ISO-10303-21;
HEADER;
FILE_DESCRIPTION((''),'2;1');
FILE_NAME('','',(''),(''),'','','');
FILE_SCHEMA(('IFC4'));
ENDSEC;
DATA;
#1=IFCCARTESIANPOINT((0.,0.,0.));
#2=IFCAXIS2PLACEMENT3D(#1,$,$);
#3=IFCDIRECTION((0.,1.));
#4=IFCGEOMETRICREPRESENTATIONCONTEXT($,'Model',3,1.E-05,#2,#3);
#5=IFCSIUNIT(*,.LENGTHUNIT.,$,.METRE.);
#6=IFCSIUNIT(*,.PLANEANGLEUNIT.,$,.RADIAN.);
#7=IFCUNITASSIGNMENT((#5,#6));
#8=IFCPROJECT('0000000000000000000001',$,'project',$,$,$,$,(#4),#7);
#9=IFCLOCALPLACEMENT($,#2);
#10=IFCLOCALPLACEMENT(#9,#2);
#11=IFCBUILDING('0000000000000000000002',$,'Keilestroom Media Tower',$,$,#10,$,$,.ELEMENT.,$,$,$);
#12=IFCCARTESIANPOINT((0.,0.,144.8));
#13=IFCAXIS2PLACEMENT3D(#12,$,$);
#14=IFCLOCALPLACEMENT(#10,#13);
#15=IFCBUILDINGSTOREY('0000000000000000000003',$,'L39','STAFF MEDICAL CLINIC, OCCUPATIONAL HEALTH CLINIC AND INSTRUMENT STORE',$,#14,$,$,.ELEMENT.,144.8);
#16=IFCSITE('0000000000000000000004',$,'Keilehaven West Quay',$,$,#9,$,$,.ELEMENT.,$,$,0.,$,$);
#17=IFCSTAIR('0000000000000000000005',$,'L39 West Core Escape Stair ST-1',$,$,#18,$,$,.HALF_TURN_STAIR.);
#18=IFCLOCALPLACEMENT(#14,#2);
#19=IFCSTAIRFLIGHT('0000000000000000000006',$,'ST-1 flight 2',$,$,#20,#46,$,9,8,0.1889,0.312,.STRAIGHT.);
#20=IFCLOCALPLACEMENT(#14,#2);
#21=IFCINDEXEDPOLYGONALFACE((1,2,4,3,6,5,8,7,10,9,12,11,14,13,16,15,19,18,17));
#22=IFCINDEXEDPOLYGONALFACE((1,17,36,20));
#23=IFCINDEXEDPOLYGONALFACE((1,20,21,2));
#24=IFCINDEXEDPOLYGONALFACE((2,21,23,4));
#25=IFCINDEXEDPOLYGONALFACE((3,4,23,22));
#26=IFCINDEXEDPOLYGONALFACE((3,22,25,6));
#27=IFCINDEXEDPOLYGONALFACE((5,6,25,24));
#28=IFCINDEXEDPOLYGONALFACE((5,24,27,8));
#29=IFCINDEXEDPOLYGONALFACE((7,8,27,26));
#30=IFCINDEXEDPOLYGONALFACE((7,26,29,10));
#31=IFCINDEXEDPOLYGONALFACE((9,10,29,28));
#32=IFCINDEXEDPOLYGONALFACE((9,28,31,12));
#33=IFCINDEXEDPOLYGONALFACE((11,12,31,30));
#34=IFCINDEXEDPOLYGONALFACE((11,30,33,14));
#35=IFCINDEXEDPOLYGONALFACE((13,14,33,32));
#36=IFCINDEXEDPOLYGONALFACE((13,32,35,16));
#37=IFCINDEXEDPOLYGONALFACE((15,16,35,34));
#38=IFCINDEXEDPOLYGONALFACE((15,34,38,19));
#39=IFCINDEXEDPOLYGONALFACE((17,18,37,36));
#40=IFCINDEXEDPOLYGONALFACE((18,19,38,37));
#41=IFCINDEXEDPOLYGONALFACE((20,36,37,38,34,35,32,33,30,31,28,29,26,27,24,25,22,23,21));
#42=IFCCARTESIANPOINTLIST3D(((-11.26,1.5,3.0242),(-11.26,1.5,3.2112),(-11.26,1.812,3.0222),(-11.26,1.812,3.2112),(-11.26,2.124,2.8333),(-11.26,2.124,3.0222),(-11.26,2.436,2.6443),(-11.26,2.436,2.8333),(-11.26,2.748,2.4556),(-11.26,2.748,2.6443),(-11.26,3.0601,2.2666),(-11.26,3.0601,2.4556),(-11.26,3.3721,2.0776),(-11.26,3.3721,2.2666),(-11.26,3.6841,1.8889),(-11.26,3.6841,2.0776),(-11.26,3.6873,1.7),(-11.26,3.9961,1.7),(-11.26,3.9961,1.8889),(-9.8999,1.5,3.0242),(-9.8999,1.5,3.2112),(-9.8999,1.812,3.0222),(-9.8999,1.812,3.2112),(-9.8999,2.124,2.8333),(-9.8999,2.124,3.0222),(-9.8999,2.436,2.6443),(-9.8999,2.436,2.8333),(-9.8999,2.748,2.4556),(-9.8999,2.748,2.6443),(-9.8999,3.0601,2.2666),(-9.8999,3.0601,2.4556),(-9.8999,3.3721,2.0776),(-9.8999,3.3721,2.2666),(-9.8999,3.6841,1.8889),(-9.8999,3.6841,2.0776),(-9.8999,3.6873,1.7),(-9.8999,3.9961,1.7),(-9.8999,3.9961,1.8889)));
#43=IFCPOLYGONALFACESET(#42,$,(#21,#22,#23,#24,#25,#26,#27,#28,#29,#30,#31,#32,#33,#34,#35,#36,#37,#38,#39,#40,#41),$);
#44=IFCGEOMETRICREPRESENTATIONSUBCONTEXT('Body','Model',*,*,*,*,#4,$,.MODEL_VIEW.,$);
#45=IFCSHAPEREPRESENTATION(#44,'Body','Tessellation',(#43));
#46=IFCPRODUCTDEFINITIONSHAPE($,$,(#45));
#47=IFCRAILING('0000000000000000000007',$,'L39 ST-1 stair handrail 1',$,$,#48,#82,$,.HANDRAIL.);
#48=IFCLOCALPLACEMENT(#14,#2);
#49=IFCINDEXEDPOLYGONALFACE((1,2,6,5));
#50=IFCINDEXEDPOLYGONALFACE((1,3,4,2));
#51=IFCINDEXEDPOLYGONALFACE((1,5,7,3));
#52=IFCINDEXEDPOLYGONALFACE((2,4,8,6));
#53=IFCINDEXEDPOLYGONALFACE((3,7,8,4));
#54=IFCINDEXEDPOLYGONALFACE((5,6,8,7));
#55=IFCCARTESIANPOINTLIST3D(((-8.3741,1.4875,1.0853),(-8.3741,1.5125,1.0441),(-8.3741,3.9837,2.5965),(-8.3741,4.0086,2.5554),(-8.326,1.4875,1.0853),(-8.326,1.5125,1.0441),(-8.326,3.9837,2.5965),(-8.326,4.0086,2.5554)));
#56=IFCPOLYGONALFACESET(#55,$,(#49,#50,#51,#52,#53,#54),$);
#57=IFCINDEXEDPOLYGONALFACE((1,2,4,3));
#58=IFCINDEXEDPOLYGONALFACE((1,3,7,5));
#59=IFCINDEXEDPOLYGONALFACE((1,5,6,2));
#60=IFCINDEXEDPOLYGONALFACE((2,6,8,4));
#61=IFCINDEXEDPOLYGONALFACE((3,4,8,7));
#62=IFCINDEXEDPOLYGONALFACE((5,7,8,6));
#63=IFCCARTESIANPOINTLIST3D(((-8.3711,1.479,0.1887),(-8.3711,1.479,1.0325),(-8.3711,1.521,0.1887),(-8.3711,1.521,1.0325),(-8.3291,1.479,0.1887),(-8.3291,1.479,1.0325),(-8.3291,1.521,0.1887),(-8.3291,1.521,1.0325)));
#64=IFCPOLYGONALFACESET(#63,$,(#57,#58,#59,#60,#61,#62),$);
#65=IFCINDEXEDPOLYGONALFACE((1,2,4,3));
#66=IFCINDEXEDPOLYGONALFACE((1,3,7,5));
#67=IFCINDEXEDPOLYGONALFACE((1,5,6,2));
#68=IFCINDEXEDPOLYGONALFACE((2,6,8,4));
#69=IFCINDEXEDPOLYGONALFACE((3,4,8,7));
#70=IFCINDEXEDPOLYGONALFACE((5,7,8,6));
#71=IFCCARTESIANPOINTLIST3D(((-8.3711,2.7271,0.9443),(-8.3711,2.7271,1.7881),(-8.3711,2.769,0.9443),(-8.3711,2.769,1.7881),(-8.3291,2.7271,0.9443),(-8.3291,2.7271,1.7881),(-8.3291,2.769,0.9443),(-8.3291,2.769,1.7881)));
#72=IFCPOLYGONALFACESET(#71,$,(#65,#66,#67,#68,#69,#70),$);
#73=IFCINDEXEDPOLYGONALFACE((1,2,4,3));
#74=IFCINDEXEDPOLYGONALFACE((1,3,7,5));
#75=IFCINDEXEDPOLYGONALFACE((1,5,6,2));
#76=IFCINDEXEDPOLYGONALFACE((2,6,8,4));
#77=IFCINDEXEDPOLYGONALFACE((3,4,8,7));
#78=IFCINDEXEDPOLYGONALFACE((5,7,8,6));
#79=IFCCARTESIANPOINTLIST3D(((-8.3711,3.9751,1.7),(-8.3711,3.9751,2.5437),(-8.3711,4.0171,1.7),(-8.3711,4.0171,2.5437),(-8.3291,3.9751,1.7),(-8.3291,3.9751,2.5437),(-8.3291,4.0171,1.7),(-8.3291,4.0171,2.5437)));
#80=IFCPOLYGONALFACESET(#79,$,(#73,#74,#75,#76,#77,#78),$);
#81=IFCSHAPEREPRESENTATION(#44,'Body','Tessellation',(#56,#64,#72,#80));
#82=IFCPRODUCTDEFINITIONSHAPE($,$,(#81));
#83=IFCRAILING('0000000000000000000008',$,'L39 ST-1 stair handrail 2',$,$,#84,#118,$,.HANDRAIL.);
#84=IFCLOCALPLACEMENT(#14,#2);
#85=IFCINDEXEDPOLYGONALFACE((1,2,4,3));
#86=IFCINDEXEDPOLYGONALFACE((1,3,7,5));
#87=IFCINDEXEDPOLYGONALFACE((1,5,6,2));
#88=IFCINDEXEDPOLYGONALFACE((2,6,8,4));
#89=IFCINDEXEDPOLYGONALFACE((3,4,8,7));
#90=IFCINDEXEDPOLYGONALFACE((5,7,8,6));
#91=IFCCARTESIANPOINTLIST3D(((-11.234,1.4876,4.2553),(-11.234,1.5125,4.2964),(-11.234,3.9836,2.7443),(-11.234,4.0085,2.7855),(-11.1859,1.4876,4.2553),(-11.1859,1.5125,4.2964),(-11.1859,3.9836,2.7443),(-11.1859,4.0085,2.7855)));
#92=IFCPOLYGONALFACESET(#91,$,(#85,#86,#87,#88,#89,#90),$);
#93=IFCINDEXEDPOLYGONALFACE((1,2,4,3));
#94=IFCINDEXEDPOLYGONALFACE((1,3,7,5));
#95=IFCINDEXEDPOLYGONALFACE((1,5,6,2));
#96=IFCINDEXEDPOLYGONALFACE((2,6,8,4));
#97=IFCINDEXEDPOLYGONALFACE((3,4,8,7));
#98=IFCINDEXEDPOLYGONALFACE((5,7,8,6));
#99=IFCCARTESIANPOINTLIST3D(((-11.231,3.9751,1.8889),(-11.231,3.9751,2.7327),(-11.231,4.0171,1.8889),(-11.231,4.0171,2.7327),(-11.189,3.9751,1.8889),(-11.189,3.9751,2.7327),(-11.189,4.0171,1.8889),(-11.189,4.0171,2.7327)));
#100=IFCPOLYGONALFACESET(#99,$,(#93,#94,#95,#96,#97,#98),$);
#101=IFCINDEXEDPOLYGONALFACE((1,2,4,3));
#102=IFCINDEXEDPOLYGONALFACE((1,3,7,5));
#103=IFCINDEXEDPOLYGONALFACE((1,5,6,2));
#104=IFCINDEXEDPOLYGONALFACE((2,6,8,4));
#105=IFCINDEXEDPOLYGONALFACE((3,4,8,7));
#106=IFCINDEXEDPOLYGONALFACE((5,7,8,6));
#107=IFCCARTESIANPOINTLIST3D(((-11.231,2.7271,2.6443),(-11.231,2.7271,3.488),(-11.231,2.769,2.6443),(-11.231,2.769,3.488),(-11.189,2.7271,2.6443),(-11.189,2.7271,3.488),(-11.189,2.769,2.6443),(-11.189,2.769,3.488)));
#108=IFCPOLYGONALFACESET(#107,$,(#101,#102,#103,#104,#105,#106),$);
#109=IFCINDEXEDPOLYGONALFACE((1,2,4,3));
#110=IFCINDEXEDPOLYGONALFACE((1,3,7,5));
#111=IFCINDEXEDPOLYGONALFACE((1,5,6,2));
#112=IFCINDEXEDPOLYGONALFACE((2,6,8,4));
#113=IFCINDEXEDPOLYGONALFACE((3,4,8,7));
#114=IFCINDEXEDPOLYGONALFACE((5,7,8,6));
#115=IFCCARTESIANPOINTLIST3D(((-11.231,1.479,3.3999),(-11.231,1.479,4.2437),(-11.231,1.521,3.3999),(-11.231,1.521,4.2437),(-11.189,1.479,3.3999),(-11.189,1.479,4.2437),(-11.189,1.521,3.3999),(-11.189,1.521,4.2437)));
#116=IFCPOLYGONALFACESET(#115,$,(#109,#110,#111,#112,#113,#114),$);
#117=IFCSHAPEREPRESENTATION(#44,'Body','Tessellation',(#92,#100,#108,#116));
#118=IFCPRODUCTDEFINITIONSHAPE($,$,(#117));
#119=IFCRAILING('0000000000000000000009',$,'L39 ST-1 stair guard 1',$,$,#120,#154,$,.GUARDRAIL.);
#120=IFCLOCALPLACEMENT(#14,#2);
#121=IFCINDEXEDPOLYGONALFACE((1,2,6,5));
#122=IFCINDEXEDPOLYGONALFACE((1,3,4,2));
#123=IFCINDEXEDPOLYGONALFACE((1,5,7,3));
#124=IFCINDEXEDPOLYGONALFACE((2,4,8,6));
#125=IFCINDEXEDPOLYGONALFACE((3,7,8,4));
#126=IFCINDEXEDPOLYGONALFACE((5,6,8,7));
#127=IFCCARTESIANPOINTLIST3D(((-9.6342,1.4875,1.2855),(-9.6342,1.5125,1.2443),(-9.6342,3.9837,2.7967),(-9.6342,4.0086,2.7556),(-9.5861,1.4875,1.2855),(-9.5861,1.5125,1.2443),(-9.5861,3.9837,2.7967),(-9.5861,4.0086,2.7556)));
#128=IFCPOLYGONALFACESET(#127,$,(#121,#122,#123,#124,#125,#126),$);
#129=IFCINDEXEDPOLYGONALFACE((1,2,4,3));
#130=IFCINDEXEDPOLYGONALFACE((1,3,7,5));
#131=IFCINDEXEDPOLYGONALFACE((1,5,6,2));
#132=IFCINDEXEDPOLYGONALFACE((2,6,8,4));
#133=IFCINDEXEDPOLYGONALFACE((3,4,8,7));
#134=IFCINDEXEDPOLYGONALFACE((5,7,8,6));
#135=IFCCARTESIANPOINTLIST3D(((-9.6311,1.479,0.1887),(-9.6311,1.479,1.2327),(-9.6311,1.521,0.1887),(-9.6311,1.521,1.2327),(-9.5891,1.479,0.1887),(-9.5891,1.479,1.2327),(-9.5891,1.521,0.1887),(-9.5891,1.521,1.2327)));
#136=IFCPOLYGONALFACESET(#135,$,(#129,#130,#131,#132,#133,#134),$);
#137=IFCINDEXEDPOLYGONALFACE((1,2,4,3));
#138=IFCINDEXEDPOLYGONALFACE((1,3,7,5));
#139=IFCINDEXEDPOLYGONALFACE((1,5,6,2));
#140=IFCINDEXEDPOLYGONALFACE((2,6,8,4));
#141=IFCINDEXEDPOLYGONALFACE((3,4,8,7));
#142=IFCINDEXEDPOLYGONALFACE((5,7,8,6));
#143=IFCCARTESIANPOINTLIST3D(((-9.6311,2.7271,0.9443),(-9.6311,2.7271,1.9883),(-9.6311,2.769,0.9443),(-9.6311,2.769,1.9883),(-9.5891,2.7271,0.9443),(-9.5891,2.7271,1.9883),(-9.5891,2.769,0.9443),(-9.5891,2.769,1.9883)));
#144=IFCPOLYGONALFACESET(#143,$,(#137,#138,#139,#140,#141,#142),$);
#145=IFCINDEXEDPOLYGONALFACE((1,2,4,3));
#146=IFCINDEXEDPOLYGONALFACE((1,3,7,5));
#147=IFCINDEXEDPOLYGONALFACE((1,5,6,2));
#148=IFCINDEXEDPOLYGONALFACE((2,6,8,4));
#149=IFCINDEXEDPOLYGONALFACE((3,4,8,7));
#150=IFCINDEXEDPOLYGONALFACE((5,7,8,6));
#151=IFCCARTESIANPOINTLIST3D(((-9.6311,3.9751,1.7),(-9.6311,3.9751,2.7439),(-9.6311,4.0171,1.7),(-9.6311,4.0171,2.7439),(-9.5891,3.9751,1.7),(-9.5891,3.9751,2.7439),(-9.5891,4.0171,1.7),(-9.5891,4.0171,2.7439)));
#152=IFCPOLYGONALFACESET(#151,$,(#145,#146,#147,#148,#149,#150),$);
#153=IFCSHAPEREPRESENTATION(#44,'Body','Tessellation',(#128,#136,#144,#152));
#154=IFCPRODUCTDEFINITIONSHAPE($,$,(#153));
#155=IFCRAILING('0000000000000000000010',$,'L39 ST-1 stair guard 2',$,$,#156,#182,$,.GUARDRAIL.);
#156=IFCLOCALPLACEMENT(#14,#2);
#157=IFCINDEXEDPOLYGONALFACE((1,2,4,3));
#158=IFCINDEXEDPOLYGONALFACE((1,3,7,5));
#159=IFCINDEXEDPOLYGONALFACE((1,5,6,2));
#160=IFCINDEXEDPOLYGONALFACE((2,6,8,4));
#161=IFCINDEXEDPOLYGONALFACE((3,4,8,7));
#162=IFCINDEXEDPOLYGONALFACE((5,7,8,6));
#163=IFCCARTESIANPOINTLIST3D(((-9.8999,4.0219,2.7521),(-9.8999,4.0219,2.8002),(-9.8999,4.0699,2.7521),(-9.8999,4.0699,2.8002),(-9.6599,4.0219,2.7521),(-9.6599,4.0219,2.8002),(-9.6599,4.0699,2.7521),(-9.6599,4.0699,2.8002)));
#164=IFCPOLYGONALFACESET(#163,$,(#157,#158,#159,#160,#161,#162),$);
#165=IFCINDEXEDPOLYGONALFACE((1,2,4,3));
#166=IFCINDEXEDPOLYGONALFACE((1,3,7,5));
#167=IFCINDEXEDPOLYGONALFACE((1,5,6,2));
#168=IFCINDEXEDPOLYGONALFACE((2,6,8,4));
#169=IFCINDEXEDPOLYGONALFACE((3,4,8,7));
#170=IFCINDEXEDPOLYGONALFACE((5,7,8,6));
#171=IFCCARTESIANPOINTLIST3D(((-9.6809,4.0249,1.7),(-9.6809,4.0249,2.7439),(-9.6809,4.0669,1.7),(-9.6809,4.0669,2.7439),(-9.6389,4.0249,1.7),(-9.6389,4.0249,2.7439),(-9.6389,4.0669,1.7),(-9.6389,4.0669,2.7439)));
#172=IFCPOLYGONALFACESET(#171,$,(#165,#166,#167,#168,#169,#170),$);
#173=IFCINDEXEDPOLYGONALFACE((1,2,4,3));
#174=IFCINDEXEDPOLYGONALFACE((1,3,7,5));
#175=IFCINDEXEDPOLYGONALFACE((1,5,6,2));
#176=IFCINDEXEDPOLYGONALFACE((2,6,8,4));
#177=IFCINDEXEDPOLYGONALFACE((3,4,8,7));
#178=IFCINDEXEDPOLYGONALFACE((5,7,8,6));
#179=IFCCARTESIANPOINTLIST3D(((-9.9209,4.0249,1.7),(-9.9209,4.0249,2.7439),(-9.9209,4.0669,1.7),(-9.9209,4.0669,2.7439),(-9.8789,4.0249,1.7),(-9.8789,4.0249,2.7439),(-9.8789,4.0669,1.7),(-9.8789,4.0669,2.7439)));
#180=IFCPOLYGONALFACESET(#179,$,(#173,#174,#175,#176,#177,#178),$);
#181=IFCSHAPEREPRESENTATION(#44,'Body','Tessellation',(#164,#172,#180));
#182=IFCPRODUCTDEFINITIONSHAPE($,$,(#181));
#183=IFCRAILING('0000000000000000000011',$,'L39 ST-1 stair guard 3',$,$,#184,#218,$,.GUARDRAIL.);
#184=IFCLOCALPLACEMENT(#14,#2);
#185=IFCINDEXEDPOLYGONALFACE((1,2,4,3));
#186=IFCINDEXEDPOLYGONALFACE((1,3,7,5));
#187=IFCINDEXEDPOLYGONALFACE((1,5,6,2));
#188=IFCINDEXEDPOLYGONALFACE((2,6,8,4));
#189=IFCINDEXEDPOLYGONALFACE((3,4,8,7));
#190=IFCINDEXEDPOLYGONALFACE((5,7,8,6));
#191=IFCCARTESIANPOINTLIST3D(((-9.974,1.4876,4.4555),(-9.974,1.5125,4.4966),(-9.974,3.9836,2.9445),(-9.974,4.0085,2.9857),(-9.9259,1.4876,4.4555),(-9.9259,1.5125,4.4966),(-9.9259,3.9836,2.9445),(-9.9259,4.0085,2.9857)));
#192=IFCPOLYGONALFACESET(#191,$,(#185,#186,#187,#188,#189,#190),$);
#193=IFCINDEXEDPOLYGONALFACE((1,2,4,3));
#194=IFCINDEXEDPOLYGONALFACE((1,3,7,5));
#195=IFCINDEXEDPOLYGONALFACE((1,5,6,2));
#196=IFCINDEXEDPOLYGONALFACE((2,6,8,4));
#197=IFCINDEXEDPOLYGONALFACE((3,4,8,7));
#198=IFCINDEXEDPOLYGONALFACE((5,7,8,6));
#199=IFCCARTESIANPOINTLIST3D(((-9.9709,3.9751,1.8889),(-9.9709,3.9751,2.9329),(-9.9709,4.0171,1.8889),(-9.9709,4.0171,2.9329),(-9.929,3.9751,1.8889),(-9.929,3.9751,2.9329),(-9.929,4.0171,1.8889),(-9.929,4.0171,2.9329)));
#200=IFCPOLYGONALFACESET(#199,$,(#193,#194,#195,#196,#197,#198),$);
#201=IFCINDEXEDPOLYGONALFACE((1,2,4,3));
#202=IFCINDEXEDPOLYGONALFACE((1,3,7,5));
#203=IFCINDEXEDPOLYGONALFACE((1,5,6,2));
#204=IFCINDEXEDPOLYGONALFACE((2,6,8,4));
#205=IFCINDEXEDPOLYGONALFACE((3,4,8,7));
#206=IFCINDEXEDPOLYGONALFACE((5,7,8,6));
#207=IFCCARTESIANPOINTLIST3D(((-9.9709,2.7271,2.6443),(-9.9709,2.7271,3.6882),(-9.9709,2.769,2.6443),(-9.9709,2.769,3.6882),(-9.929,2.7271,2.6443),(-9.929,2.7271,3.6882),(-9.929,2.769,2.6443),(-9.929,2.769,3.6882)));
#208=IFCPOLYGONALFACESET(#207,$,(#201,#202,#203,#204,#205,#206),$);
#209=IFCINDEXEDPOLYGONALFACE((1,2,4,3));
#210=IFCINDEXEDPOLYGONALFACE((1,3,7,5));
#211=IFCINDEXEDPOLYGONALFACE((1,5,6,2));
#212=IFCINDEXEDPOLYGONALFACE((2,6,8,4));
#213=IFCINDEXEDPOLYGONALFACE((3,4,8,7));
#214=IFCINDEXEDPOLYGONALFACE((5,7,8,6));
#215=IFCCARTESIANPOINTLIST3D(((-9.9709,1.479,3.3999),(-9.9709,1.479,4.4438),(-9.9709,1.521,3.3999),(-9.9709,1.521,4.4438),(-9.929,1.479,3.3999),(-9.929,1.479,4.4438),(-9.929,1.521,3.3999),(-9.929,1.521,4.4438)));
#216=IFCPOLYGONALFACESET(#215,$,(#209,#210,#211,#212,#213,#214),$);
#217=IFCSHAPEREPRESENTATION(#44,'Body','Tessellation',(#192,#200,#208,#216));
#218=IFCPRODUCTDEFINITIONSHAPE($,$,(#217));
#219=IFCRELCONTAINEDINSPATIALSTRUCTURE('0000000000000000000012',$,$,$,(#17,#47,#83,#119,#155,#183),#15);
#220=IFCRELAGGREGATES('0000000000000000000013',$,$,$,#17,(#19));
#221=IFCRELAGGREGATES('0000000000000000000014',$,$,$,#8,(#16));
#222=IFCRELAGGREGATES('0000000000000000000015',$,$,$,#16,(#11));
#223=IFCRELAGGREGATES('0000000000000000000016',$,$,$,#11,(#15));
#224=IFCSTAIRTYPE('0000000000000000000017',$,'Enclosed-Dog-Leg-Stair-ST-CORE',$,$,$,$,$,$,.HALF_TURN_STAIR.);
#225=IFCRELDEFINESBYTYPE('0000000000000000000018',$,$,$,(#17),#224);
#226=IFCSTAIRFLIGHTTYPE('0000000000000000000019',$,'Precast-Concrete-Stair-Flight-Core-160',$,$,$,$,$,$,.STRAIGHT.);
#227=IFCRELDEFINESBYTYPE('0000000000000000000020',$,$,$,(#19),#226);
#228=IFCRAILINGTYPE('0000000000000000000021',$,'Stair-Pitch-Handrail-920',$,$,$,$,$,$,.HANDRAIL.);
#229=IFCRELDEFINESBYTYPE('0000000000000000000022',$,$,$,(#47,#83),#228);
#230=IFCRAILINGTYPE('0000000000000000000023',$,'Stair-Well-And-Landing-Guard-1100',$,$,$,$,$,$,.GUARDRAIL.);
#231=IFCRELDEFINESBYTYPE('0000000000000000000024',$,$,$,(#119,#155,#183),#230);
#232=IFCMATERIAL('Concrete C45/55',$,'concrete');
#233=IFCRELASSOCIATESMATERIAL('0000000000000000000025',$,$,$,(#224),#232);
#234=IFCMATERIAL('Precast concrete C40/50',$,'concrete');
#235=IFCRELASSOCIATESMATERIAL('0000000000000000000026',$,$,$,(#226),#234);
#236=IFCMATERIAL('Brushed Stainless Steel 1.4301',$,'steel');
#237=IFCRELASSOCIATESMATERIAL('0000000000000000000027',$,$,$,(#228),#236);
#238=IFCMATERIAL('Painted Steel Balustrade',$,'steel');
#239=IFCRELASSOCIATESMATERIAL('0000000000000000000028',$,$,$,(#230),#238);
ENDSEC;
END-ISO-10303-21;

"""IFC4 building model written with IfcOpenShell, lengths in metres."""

from ifc_helpers import new_model, si_unit, direction, frame, origin, origin_2d, place, context, subcontext, project, spatial, polyline, rectangle, outline, extrude, material, type_object, element, aggregate, save


model = new_model("IFC4")

# Units and contexts
model_context = context("Model", 3, precision=1e-05, world=origin(), true_north=direction((0.0, 1.0)))
body_context = subcontext(model_context, "Body", "Model", "MODEL_VIEW")
ifc_project = project(units=[si_unit("LENGTHUNIT", "METRE"), si_unit("PLANEANGLEUNIT", "RADIAN")], contexts=[model_context])

# Site, building, storey
site_placement = place(None, origin())
site = spatial("IfcSite", under=ifc_project, at=site_placement, Name="Keilehaven West Quay", CompositionType="ELEMENT", RefElevation=0.0)
building_placement = place(site_placement, origin())
building = spatial("IfcBuilding", under=site, at=building_placement, Name="Keilestroom Media Tower", CompositionType="ELEMENT")
storey_placement = place(building_placement, frame((0.0, 0.0, 144.8)))
storey = spatial("IfcBuildingStorey", under=building, at=storey_placement, Name="L39", Description="STAFF MEDICAL CLINIC, OCCUPATIONAL HEALTH CLINIC AND INSTRUMENT STORE", CompositionType="ELEMENT", Elevation=144.8)

# Stair
ifc_material_1 = material(Name="Concrete C45/55", Category="concrete")
stair_type = type_object("IfcStairType", Name="Enclosed-Dog-Leg-Stair-ST-CORE", PredefinedType="HALF_TURN_STAIR", material=ifc_material_1)
stair_1_placement = place(storey_placement, origin())
stair_1 = element("IfcStair", 1, at=stair_1_placement, inside=storey, type_object=stair_type, Name="L39 West Core Escape Stair ST-1", PredefinedType="HALF_TURN_STAIR")

# Shared definitions
ifc_material_2 = material(Name="Precast concrete C40/50", Category="concrete")

# Stair flight
stair_flight_type = type_object("IfcStairFlightType", Name="Precast-Concrete-Stair-Flight-Core-160", PredefinedType="STRAIGHT", material=ifc_material_2)
stair_flight_1_placement = place(storey_placement, frame((-10.5801, 3.9961, 1.7), z_axis=(0.0, 0.0, 1.0), x_axis=(0.0, -1.0, 0.0)))
stair_flight_1 = element("IfcStairFlight", 2, at=stair_flight_1_placement, type_object=stair_flight_type, Name="ST-1 flight 2", NumberOfRisers=9, NumberOfTreads=8, PredefinedType="STRAIGHT", RiserHeight=0.1889, TreadLength=0.312, context=body_context, shape_type="SweptSolid", body=[
    extrude(outline(polyline([(0.0, 0.0), (0.0, 0.189), (0.312, 0.189), (0.312, 0.3777), (0.624, 0.3777), (0.624, 0.5667), (0.936, 0.5667), (0.936, 0.7556), (1.248, 0.7556), (1.248, 0.9443), (1.5601, 0.9443), (1.5601, 1.1333), (1.8721, 1.1333), (1.8721, 1.3223), (2.1841, 1.3223), (2.1841, 1.5112), (2.4961, 1.5112), (2.4961, 1.7), (2.4961, 1.3242), (0.3088, 0.0), (0.0, 0.0)])), frame((0.0, 0.6802, 0.0), z_axis=(0.0, -1.0, 0.0), x_axis=(1.0, 0.0, 0.0)), (0.0, 0.0, 1.0), 1.3601),
])
aggregate(stair_1, [stair_flight_1])

# Railings
ifc_material_3 = material(Name="Brushed Stainless Steel 1.4301", Category="steel")
railing_type_1 = type_object("IfcRailingType", Name="Stair-Pitch-Handrail-920", PredefinedType="HANDRAIL", material=ifc_material_3)
railing_1_placement = place(storey_placement, frame((-8.3501, 1.5, 0.1887)))
element("IfcRailing", 3, at=railing_1_placement, inside=storey, type_object=railing_type_1, Name="L39 ST-1 stair handrail 1", PredefinedType="HANDRAIL", context=body_context, shape_type="SweptSolid", body=[
    extrude(rectangle(XDim=0.0481, YDim=0.0481, at=origin_2d()), frame((0.0, 0.0, 0.876), z_axis=(0.0, 0.855434, 0.517912), x_axis=(-1.0, 0.0, 0.0)), (0.0, 0.0, 1.0), 2.918),
    extrude(rectangle(XDim=0.042, YDim=0.042, at=origin_2d()), origin(), (0.0, 0.0, 1.0), 0.8438),
    extrude(rectangle(XDim=0.042, YDim=0.042, at=origin_2d()), frame((0.0, 1.248, 0.7556)), (0.0, 0.0, 1.0), 0.8438),
    extrude(rectangle(XDim=0.042, YDim=0.042, at=origin_2d()), frame((0.0, 2.4961, 1.5112)), (0.0, 0.0, 1.0), 0.8438),
])
railing_2_placement = place(storey_placement, frame((-11.21, 3.9961, 1.8889)))
element("IfcRailing", 4, at=railing_2_placement, inside=storey, type_object=railing_type_1, Name="L39 ST-1 stair handrail 2", PredefinedType="HANDRAIL", context=body_context, shape_type="SweptSolid", body=[
    extrude(rectangle(XDim=0.0481, YDim=0.0481, at=origin_2d()), frame((0.0, 0.0, 0.876), z_axis=(0.0, -0.855471, 0.517851), x_axis=(1.0, 0.0, 0.0)), (0.0, 0.0, 1.0), 2.9177),
    extrude(rectangle(XDim=0.042, YDim=0.042, at=origin_2d()), origin(), (0.0, 0.0, 1.0), 0.8438),
    extrude(rectangle(XDim=0.042, YDim=0.042, at=origin_2d()), frame((0.0, -1.248, 0.7554)), (0.0, 0.0, 1.0), 0.8438),
    extrude(rectangle(XDim=0.042, YDim=0.042, at=origin_2d()), frame((0.0, -2.4961, 1.511)), (0.0, 0.0, 1.0), 0.8438),
])
ifc_material_4 = material(Name="Painted Steel Balustrade", Category="steel")
railing_type_2 = type_object("IfcRailingType", Name="Stair-Well-And-Landing-Guard-1100", PredefinedType="GUARDRAIL", material=ifc_material_4)
railing_3_placement = place(storey_placement, frame((-9.6101, 1.5, 0.1887)))
element("IfcRailing", 5, at=railing_3_placement, inside=storey, type_object=railing_type_2, Name="L39 ST-1 stair guard 1", PredefinedType="GUARDRAIL", context=body_context, shape_type="SweptSolid", body=[
    extrude(rectangle(XDim=0.0481, YDim=0.0481, at=origin_2d()), frame((0.0, 0.0, 1.0762), z_axis=(0.0, 0.855434, 0.517912), x_axis=(-1.0, 0.0, 0.0)), (0.0, 0.0, 1.0), 2.918),
    extrude(rectangle(XDim=0.042, YDim=0.042, at=origin_2d()), origin(), (0.0, 0.0, 1.0), 1.0439),
    extrude(rectangle(XDim=0.042, YDim=0.042, at=origin_2d()), frame((0.0, 1.248, 0.7556)), (0.0, 0.0, 1.0), 1.0439),
    extrude(rectangle(XDim=0.042, YDim=0.042, at=origin_2d()), frame((0.0, 2.4961, 1.5112)), (0.0, 0.0, 1.0), 1.0439),
])
railing_4_placement = place(storey_placement, frame((-9.6599, 4.0459, 1.7)))
element("IfcRailing", 6, at=railing_4_placement, inside=storey, type_object=railing_type_2, Name="L39 ST-1 stair guard 2", PredefinedType="GUARDRAIL", context=body_context, shape_type="SweptSolid", body=[
    extrude(rectangle(XDim=0.0481, YDim=0.0481, at=origin_2d()), frame((0.0, 0.0, 1.0762), z_axis=(-1.0, 0.0, 0.0), x_axis=(0.0, -1.0, 0.0)), (0.0, 0.0, 1.0), 0.24),
    extrude(rectangle(XDim=0.042, YDim=0.042, at=origin_2d()), origin(), (0.0, 0.0, 1.0), 1.0439),
    extrude(rectangle(XDim=0.042, YDim=0.042, at=origin_2d()), frame((-0.24, 0.0, 0.0)), (0.0, 0.0, 1.0), 1.0439),
])
railing_5_placement = place(storey_placement, frame((-9.95, 3.9961, 1.8889)))
element("IfcRailing", 7, at=railing_5_placement, inside=storey, type_object=railing_type_2, Name="L39 ST-1 stair guard 3", PredefinedType="GUARDRAIL", context=body_context, shape_type="SweptSolid", body=[
    extrude(rectangle(XDim=0.0481, YDim=0.0481, at=origin_2d()), frame((0.0, 0.0, 1.0762), z_axis=(0.0, -0.855471, 0.517851), x_axis=(1.0, 0.0, 0.0)), (0.0, 0.0, 1.0), 2.9177),
    extrude(rectangle(XDim=0.042, YDim=0.042, at=origin_2d()), origin(), (0.0, 0.0, 1.0), 1.0439),
    extrude(rectangle(XDim=0.042, YDim=0.042, at=origin_2d()), frame((0.0, -1.248, 0.7554)), (0.0, 0.0, 1.0), 1.0439),
    extrude(rectangle(XDim=0.042, YDim=0.042, at=origin_2d()), frame((0.0, -2.4961, 1.511)), (0.0, 0.0, 1.0), 1.0439),
])

save(model, "model.ifc")
